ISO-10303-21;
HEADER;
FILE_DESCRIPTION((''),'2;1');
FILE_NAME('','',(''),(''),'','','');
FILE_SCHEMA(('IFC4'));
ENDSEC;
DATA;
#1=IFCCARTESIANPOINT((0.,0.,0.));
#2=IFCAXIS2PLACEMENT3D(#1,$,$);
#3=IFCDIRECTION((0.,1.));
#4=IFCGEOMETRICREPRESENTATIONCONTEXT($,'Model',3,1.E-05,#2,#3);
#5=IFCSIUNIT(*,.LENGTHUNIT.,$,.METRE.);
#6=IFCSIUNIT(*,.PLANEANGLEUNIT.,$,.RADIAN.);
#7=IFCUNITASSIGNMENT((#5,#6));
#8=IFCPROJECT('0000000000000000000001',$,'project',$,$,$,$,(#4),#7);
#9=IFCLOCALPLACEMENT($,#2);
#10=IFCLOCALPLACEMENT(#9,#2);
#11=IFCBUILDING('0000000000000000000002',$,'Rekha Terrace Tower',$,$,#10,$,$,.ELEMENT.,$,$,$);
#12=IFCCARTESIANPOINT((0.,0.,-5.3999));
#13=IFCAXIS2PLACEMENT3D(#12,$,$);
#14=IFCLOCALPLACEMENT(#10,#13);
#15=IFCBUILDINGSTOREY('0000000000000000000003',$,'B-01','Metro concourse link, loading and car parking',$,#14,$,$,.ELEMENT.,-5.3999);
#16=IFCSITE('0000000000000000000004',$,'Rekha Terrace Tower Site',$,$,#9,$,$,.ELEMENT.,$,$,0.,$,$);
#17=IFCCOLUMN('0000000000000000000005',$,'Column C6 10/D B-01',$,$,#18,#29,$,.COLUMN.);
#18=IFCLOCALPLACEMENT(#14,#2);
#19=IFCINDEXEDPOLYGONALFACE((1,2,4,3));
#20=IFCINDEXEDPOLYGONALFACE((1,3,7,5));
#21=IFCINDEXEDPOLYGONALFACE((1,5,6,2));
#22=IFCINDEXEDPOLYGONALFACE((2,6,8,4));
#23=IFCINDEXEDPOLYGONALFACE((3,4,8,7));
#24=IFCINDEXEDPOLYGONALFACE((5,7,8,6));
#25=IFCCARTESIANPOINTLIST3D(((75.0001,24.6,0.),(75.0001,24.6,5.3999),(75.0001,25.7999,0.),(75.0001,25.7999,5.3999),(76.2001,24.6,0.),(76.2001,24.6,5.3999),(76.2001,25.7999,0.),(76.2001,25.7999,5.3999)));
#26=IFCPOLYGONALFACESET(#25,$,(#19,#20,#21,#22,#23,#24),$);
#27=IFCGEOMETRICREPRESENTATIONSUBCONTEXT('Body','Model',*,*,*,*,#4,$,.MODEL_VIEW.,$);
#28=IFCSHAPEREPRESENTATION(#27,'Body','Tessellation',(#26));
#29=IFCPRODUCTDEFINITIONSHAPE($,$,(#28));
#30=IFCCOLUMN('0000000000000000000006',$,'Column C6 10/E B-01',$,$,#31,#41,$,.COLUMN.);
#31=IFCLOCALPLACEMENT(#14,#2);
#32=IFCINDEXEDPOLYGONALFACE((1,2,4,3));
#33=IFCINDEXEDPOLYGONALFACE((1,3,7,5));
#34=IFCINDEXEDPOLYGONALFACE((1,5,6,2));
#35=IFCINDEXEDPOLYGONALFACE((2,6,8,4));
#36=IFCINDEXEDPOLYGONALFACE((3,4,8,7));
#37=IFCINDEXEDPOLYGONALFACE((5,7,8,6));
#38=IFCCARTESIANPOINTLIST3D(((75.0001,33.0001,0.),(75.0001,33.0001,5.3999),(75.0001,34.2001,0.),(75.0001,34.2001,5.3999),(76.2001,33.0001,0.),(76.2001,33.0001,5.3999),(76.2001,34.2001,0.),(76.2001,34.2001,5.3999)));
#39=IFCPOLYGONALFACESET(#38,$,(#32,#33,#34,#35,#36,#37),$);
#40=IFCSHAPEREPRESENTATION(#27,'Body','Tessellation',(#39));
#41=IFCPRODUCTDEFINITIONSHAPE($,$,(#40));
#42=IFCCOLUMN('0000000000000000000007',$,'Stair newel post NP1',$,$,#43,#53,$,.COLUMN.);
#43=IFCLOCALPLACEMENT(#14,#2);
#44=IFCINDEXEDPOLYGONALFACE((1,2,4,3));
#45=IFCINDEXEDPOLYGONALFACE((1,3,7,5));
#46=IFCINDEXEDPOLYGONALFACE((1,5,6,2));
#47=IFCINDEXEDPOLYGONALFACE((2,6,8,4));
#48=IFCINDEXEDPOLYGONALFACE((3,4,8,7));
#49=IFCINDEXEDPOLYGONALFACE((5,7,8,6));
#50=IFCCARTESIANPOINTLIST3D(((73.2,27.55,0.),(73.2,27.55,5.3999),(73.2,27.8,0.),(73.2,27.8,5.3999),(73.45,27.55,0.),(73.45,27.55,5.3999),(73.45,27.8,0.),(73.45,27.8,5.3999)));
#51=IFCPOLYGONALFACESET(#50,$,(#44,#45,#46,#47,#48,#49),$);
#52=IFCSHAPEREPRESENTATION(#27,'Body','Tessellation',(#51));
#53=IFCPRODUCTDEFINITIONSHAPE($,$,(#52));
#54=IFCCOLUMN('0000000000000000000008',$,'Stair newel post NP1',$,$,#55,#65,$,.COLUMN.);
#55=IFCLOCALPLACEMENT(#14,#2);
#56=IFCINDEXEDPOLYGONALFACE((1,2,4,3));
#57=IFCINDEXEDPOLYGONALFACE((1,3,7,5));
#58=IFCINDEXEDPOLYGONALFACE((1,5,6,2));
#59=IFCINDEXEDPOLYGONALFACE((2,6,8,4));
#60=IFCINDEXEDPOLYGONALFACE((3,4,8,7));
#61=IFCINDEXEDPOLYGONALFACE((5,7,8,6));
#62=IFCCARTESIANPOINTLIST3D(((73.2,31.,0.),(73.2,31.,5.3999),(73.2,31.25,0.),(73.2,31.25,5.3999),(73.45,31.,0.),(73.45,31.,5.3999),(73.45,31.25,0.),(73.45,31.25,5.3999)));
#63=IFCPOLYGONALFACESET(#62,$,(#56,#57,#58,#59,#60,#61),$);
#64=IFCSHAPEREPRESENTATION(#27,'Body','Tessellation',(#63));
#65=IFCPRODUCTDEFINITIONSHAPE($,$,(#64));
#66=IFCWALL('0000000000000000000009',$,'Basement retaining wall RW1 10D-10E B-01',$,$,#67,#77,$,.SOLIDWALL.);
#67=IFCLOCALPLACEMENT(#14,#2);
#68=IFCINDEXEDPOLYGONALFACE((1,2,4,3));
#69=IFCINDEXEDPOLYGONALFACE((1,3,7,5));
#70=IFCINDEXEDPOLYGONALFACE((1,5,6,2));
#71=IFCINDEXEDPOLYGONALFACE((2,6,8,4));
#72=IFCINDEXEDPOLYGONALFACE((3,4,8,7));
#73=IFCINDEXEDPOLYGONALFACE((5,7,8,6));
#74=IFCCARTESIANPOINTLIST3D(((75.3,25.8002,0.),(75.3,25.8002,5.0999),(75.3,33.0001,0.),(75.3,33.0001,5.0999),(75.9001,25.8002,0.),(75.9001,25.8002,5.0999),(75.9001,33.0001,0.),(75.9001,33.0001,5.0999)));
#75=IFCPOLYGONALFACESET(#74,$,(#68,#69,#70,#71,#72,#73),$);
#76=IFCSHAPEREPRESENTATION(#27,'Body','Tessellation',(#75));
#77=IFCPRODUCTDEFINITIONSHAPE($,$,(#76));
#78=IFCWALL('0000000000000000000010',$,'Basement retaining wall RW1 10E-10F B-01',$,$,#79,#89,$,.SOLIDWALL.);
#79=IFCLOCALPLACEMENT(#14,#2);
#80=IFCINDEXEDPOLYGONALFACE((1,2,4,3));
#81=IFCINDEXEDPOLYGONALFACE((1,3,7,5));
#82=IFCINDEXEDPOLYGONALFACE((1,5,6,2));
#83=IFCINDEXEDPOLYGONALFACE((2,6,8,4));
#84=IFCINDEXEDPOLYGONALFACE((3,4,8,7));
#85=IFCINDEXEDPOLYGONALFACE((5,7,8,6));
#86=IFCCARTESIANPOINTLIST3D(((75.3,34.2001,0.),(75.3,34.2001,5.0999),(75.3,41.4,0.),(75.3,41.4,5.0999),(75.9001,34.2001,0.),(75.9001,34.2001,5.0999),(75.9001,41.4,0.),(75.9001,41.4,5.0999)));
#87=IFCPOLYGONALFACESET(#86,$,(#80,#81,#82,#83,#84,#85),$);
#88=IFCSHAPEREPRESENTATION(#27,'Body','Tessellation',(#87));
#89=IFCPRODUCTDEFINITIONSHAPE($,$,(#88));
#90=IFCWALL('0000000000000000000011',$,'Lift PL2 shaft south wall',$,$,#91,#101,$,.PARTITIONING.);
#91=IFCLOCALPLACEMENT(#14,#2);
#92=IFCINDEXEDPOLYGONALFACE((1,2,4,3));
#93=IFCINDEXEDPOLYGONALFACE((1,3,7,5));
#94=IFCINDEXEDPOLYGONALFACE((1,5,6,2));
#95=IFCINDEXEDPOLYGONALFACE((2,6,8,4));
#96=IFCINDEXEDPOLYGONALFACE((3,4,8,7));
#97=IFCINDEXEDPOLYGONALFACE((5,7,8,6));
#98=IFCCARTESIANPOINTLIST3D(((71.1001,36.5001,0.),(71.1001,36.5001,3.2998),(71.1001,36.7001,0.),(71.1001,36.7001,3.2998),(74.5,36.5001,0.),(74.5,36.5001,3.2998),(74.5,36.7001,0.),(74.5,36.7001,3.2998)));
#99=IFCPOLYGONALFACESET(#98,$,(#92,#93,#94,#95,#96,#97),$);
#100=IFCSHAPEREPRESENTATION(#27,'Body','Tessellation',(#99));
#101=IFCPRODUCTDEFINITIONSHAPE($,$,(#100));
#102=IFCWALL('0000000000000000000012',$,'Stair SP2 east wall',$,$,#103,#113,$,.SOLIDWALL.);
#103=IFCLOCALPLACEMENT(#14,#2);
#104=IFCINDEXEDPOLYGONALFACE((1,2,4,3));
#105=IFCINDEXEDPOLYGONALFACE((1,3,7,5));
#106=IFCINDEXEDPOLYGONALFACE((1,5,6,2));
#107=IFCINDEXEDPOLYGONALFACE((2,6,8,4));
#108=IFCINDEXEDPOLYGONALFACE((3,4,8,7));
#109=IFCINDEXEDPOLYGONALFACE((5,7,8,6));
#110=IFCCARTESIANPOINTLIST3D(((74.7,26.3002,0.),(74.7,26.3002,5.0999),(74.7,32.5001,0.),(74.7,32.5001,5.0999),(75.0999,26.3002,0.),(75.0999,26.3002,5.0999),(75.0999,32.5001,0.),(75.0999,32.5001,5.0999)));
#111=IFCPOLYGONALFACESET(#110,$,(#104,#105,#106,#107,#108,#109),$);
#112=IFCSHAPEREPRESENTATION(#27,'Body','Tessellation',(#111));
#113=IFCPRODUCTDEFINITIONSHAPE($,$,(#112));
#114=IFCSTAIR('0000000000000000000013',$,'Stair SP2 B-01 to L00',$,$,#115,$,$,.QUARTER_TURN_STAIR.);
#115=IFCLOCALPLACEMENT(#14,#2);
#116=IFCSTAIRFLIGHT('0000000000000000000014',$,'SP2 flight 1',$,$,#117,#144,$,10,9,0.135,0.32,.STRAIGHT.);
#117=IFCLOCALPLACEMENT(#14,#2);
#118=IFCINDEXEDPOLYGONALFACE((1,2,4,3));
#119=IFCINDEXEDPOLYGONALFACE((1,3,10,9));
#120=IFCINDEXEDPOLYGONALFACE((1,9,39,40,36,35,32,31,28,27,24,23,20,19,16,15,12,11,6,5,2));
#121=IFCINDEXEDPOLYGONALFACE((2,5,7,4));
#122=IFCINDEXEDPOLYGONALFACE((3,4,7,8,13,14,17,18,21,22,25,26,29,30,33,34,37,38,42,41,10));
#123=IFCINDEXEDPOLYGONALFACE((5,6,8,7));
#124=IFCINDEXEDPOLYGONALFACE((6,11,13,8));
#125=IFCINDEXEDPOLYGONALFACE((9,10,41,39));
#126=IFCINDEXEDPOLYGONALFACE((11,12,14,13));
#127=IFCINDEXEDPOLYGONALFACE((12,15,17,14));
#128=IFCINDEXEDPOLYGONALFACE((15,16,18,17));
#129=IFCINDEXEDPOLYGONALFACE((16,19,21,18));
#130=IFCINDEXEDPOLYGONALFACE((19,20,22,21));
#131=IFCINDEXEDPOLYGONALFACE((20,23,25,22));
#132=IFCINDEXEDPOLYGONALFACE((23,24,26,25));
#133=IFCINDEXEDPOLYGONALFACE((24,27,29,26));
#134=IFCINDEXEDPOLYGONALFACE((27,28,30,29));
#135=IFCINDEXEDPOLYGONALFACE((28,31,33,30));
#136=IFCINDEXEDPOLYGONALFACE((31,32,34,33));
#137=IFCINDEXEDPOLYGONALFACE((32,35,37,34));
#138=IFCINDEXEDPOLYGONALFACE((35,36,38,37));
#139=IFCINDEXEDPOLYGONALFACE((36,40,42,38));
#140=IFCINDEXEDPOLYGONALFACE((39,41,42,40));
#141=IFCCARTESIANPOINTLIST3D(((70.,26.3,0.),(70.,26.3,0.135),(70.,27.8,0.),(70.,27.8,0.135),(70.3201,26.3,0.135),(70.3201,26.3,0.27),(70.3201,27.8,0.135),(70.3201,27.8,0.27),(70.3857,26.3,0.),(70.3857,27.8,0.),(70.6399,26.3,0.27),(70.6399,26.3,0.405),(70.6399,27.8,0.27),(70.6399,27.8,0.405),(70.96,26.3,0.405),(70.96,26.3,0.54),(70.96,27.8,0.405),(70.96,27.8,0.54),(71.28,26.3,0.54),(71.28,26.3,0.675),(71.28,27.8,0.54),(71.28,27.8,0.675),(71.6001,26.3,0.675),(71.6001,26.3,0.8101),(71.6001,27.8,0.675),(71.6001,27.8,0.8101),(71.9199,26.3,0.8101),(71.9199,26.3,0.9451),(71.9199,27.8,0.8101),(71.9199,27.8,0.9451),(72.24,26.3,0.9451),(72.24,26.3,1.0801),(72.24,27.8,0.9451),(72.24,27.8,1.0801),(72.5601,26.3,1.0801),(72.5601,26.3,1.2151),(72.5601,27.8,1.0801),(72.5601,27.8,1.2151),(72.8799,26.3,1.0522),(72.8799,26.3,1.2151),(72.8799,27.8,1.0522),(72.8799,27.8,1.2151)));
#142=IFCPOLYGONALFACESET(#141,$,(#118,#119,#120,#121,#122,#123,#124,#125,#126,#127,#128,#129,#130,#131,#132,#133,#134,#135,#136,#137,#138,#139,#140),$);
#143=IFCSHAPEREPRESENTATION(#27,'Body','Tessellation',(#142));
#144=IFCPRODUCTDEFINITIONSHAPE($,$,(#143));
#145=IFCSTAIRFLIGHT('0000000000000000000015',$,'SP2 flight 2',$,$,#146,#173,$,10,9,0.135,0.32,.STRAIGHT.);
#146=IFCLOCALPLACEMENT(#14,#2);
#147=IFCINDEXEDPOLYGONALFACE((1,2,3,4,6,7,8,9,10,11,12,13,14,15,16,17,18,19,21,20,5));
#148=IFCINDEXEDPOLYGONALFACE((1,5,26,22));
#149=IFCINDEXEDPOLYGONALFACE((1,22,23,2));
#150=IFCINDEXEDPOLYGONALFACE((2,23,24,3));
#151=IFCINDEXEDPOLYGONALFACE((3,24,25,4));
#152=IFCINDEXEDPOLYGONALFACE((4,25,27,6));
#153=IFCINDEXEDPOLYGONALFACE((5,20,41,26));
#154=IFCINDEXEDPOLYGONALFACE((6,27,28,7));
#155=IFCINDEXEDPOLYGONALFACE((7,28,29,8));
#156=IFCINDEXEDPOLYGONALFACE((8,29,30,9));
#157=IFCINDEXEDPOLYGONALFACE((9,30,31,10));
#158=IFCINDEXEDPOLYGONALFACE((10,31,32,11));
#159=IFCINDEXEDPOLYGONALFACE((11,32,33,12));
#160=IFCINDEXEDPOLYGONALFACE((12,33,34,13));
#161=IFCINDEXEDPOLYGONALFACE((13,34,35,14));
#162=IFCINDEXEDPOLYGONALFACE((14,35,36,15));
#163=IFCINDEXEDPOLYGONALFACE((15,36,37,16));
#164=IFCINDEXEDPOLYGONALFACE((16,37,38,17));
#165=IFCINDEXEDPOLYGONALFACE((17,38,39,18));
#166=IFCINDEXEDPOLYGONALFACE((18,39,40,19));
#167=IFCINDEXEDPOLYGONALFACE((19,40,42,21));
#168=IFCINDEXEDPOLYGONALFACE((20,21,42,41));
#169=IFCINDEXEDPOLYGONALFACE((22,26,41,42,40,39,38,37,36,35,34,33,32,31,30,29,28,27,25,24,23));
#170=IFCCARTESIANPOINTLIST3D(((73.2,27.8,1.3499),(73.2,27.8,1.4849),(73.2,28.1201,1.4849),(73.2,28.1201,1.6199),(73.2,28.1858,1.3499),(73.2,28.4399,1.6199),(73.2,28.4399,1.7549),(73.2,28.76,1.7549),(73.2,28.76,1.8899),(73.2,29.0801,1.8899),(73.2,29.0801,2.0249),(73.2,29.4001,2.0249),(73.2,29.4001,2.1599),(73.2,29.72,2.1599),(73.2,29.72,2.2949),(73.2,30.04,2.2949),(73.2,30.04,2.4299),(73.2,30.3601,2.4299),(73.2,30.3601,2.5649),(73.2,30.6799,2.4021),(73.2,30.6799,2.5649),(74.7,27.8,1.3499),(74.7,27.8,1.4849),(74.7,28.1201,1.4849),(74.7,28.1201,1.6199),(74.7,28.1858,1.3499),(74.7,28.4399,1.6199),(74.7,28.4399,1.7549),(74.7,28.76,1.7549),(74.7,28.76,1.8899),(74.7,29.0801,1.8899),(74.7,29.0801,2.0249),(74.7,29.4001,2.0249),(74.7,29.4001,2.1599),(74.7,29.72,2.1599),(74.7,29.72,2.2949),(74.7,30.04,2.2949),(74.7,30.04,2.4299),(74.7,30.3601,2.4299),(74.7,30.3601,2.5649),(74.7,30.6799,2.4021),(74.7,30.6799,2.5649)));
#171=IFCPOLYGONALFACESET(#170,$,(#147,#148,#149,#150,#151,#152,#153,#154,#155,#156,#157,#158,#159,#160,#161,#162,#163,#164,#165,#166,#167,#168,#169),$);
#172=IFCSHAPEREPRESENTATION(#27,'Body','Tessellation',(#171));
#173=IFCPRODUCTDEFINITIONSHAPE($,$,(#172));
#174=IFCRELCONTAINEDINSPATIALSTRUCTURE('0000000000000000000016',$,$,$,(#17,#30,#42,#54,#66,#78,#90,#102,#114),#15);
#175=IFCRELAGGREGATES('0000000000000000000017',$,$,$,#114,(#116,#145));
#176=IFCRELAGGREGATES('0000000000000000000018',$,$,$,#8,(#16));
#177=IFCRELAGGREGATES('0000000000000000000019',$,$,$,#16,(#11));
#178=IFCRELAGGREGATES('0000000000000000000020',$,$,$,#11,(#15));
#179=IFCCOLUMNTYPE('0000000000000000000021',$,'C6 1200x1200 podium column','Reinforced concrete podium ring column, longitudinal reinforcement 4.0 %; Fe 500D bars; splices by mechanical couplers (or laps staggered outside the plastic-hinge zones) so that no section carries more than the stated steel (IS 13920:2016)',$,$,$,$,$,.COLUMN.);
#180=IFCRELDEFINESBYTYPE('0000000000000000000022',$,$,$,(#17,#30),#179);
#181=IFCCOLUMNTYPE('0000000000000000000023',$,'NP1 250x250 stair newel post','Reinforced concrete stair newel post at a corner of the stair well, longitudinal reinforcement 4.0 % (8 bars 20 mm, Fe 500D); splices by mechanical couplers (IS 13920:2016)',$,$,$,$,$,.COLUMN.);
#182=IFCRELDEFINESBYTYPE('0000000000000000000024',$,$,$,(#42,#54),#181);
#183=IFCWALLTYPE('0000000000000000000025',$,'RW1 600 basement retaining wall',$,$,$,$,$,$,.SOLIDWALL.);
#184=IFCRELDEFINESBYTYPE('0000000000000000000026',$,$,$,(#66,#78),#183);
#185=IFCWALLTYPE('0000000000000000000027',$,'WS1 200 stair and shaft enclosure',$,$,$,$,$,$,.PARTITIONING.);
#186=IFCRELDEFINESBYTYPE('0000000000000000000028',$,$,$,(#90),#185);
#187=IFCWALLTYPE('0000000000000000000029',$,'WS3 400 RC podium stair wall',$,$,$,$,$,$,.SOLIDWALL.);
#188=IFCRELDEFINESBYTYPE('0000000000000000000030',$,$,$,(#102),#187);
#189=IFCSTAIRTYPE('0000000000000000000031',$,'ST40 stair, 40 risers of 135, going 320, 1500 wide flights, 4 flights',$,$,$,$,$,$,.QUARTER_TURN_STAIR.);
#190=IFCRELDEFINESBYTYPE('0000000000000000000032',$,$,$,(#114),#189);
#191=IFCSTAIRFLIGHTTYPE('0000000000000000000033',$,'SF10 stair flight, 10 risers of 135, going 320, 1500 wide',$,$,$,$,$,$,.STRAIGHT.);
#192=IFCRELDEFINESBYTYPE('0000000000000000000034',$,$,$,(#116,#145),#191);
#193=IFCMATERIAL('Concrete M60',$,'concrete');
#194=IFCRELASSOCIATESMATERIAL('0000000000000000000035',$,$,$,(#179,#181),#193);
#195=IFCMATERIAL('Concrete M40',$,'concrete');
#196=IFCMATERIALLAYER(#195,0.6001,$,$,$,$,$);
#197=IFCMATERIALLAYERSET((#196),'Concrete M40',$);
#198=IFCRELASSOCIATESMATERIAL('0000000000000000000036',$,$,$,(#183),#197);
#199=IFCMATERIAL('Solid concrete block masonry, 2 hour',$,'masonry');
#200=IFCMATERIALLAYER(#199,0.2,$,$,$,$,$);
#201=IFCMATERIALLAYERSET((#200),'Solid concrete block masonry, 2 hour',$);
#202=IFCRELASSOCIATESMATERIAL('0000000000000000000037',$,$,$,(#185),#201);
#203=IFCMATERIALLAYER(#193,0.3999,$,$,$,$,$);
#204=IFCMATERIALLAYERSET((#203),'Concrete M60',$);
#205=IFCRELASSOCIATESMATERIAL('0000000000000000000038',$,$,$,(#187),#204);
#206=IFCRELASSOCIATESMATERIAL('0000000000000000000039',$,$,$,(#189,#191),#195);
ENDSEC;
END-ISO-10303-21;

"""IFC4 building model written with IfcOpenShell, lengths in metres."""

from ifc_helpers import new_model, si_unit, direction, frame, frame_2d, origin, origin_2d, place, context, subcontext, project, spatial, polyline, rectangle, outline, extrude, material, layer, layer_set, material_profile, profile_set, type_object, element, aggregate, save


model = new_model("IFC4")

# Units and contexts
model_context = context("Model", 3, precision=1e-05, world=origin(), true_north=direction((0.0, 1.0)))
body_context = subcontext(model_context, "Body", "Model", "MODEL_VIEW")
ifc_project = project(units=[si_unit("LENGTHUNIT", "METRE"), si_unit("PLANEANGLEUNIT", "RADIAN")], contexts=[model_context])

# Site, building, storey
site_placement = place(None, origin())
site = spatial("IfcSite", under=ifc_project, at=site_placement, Name="Rekha Terrace Tower Site", CompositionType="ELEMENT", RefElevation=0.0)
building_placement = place(site_placement, origin())
building = spatial("IfcBuilding", under=site, at=building_placement, Name="Rekha Terrace Tower", CompositionType="ELEMENT")
storey_placement = place(building_placement, frame((0.0, 0.0, -5.3999)))
storey = spatial("IfcBuildingStorey", under=building, at=storey_placement, Name="B-01", Description="Metro concourse link, loading and car parking", CompositionType="ELEMENT", Elevation=-5.3999)

# Columns
ifc_material_1 = material(Name="Concrete M60", Category="concrete")
ifc_material_profile_1 = material_profile(ifc_material_1, rectangle(XDim=1.2, YDim=1.2, at=origin_2d()), Name="RC 1200x1200")
ifc_profile_set_1 = profile_set([ifc_material_profile_1], Name="Concrete M60")
column_type_1 = type_object("IfcColumnType", Name="C6 1200x1200 podium column", Description="Reinforced concrete podium ring column, longitudinal reinforcement 4.0 %; Fe 500D bars; splices by mechanical couplers (or laps staggered outside the plastic-hinge zones) so that no section carries more than the stated steel (IS 13920:2016)", PredefinedType="COLUMN", material=ifc_profile_set_1)
for number, where, z_axis, x_axis, name in (
    (1, (75.6001, 25.2, 0.0), (0.0, 0.0, 1.0), (1.0, 0.0, 0.0), "Column C6 10/D B-01"),
    (2, (75.6001, 33.6001, 0.0), (0.0, 0.0, 1.0), (1.0, 0.0, 0.0), "Column C6 10/E B-01"),
):
    element("IfcColumn", number, at=place(storey_placement, frame(where, z_axis=z_axis, x_axis=x_axis)), inside=storey, type_object=column_type_1, Name=name, PredefinedType="COLUMN", context=body_context, shape_type="SweptSolid", body=[
        extrude(rectangle(XDim=1.2, YDim=1.2, at=origin_2d()), origin(), (0.0, 0.0, 1.0), 5.3999),
    ])
ifc_material_profile_2 = material_profile(ifc_material_1, rectangle(XDim=0.25, YDim=0.25, at=origin_2d()), Name="RC 250x250")
ifc_profile_set_2 = profile_set([ifc_material_profile_2], Name="Concrete M60")
column_type_2 = type_object("IfcColumnType", Name="NP1 250x250 stair newel post", Description="Reinforced concrete stair newel post at a corner of the stair well, longitudinal reinforcement 4.0 % (8 bars 20 mm, Fe 500D); splices by mechanical couplers (IS 13920:2016)", PredefinedType="COLUMN", material=ifc_profile_set_2)
for number, where, z_axis, x_axis, name in (
    (3, (73.325, 27.675, 0.0), (0.0, 0.0, 1.0), (1.0, 0.0, 0.0), "Stair newel post NP1"),
    (4, (73.325, 31.125, 0.0), (0.0, 0.0, 1.0), (1.0, 0.0, 0.0), "Stair newel post NP1"),
):
    element("IfcColumn", number, at=place(storey_placement, frame(where, z_axis=z_axis, x_axis=x_axis)), inside=storey, type_object=column_type_2, Name=name, PredefinedType="COLUMN", context=body_context, shape_type="SweptSolid", body=[
        extrude(rectangle(XDim=0.25, YDim=0.25, at=origin_2d()), origin(), (0.0, 0.0, 1.0), 5.3999),
    ])

# Walls
ifc_material_2 = material(Name="Concrete M40", Category="concrete")
ifc_layer_1 = layer(ifc_material_2, 0.6001)
ifc_layer_set_1 = layer_set([ifc_layer_1], Name="Concrete M40")
wall_type_1 = type_object("IfcWallType", Name="RW1 600 basement retaining wall", PredefinedType="SOLIDWALL", material=ifc_layer_set_1)
for number, where, z_axis, x_axis, name in (
    (5, (75.6001, 25.8, 0.0), (0.0, 0.0, 1.0), (0.0, 1.0, 0.0), "Basement retaining wall RW1 10D-10E B-01"),
    (6, (75.6001, 34.2, 0.0), (0.0, 0.0, 1.0), (0.0, 1.0, 0.0), "Basement retaining wall RW1 10E-10F B-01"),
):
    element("IfcWall", number, at=place(storey_placement, frame(where, z_axis=z_axis, x_axis=x_axis)), inside=storey, type_object=wall_type_1, Name=name, PredefinedType="SOLIDWALL", context=body_context, shape_type="SweptSolid", body=[
        extrude(rectangle(XDim=7.2, YDim=0.6001, at=frame_2d((3.6001, 0.0))), origin(), (0.0, 0.0, 1.0), 5.0999),
    ])
ifc_material_3 = material(Name="Solid concrete block masonry, 2 hour", Category="masonry")
ifc_layer_2 = layer(ifc_material_3, 0.2)
ifc_layer_set_2 = layer_set([ifc_layer_2], Name="Solid concrete block masonry, 2 hour")
wall_type_2 = type_object("IfcWallType", Name="WS1 200 stair and shaft enclosure", PredefinedType="PARTITIONING", material=ifc_layer_set_2)
wall_1_placement = place(storey_placement, frame((71.1001, 36.6001, 0.0), z_axis=(0.0, 0.0, 1.0), x_axis=(1.0, 0.0, 0.0)))
element("IfcWall", 7, at=wall_1_placement, inside=storey, type_object=wall_type_2, Name="Lift PL2 shaft south wall", PredefinedType="PARTITIONING", context=body_context, shape_type="SweptSolid", body=[
    extrude(rectangle(XDim=3.3999, YDim=0.2, at=frame_2d((1.7, 0.0))), origin(), (0.0, 0.0, 1.0), 3.2998),
])
ifc_layer_3 = layer(ifc_material_1, 0.3999)
ifc_layer_set_3 = layer_set([ifc_layer_3], Name="Concrete M60")
wall_type_3 = type_object("IfcWallType", Name="WS3 400 RC podium stair wall", PredefinedType="SOLIDWALL", material=ifc_layer_set_3)
wall_2_placement = place(storey_placement, frame((74.8999, 26.3, 0.0), z_axis=(0.0, 0.0, 1.0), x_axis=(0.0, 1.0, 0.0)))
element("IfcWall", 8, at=wall_2_placement, inside=storey, type_object=wall_type_3, Name="Stair SP2 east wall", PredefinedType="SOLIDWALL", context=body_context, shape_type="SweptSolid", body=[
    extrude(rectangle(XDim=6.2, YDim=0.3999, at=frame_2d((3.1001, 0.0))), origin(), (0.0, 0.0, 1.0), 5.0999),
])

# Stair, stair flights
stair_type = type_object("IfcStairType", Name="ST40 stair, 40 risers of 135, going 320, 1500 wide flights, 4 flights", PredefinedType="QUARTER_TURN_STAIR", material=ifc_material_2)
stair_placement = place(storey_placement, origin())
stair = element("IfcStair", 9, at=stair_placement, inside=storey, type_object=stair_type, Name="Stair SP2 B-01 to L00", PredefinedType="QUARTER_TURN_STAIR")
stair_flight_type = type_object("IfcStairFlightType", Name="SF10 stair flight, 10 risers of 135, going 320, 1500 wide", PredefinedType="STRAIGHT", material=ifc_material_2)
stair_flight_1_placement = place(storey_placement, frame((70.0, 27.05, 0.0), z_axis=(0.0, 0.0, 1.0), x_axis=(1.0, 0.0, 0.0)))
stair_flight_1 = element("IfcStairFlight", 10, at=stair_flight_1_placement, type_object=stair_flight_type, Name="SP2 flight 1", NumberOfRisers=10, NumberOfTreads=9, PredefinedType="STRAIGHT", RiserHeight=0.135, TreadLength=0.32, context=body_context, shape_type="SweptSolid", body=[
    extrude(outline(polyline([(0.0, 0.0), (0.0, 0.135), (0.3201, 0.135), (0.3201, 0.27), (0.6399, 0.27), (0.6399, 0.405), (0.96, 0.405), (0.96, 0.54), (1.28, 0.54), (1.28, 0.675), (1.6001, 0.675), (1.6001, 0.8101), (1.9199, 0.8101), (1.9199, 0.9451), (2.24, 0.9451), (2.24, 1.0801), (2.5601, 1.0801), (2.5601, 1.2151), (2.8799, 1.2151), (2.8799, 1.3501), (2.8799, 1.0522), (0.3857, 0.0), (0.0, 0.0)])), frame((0.0, 0.75, 0.0), z_axis=(0.0, -1.0, 0.0), x_axis=(1.0, 0.0, 0.0)), (0.0, 0.0, 1.0), 1.5),
])
stair_flight_2_placement = place(storey_placement, frame((73.95, 27.8, 1.3499), z_axis=(0.0, 0.0, 1.0), x_axis=(0.0, 1.0, 0.0)))
stair_flight_2 = element("IfcStairFlight", 11, at=stair_flight_2_placement, type_object=stair_flight_type, Name="SP2 flight 2", NumberOfRisers=10, NumberOfTreads=9, PredefinedType="STRAIGHT", RiserHeight=0.135, TreadLength=0.32, context=body_context, shape_type="SweptSolid", body=[
    extrude(outline(polyline([(0.0, 0.0), (0.0, 0.135), (0.3201, 0.135), (0.3201, 0.27), (0.6399, 0.27), (0.6399, 0.405), (0.96, 0.405), (0.96, 0.54), (1.28, 0.54), (1.28, 0.675), (1.6001, 0.675), (1.6001, 0.8101), (1.9199, 0.8101), (1.9199, 0.9451), (2.24, 0.9451), (2.24, 1.0801), (2.5601, 1.0801), (2.5601, 1.2151), (2.8799, 1.2151), (2.8799, 1.3501), (2.8799, 1.0522), (0.3857, 0.0), (0.0, 0.0)])), frame((0.0, 0.75, 0.0), z_axis=(0.0, -1.0, 0.0), x_axis=(1.0, 0.0, 0.0)), (0.0, 0.0, 1.0), 1.5),
])
aggregate(stair, [stair_flight_1, stair_flight_2])

save(model, "model.ifc")
